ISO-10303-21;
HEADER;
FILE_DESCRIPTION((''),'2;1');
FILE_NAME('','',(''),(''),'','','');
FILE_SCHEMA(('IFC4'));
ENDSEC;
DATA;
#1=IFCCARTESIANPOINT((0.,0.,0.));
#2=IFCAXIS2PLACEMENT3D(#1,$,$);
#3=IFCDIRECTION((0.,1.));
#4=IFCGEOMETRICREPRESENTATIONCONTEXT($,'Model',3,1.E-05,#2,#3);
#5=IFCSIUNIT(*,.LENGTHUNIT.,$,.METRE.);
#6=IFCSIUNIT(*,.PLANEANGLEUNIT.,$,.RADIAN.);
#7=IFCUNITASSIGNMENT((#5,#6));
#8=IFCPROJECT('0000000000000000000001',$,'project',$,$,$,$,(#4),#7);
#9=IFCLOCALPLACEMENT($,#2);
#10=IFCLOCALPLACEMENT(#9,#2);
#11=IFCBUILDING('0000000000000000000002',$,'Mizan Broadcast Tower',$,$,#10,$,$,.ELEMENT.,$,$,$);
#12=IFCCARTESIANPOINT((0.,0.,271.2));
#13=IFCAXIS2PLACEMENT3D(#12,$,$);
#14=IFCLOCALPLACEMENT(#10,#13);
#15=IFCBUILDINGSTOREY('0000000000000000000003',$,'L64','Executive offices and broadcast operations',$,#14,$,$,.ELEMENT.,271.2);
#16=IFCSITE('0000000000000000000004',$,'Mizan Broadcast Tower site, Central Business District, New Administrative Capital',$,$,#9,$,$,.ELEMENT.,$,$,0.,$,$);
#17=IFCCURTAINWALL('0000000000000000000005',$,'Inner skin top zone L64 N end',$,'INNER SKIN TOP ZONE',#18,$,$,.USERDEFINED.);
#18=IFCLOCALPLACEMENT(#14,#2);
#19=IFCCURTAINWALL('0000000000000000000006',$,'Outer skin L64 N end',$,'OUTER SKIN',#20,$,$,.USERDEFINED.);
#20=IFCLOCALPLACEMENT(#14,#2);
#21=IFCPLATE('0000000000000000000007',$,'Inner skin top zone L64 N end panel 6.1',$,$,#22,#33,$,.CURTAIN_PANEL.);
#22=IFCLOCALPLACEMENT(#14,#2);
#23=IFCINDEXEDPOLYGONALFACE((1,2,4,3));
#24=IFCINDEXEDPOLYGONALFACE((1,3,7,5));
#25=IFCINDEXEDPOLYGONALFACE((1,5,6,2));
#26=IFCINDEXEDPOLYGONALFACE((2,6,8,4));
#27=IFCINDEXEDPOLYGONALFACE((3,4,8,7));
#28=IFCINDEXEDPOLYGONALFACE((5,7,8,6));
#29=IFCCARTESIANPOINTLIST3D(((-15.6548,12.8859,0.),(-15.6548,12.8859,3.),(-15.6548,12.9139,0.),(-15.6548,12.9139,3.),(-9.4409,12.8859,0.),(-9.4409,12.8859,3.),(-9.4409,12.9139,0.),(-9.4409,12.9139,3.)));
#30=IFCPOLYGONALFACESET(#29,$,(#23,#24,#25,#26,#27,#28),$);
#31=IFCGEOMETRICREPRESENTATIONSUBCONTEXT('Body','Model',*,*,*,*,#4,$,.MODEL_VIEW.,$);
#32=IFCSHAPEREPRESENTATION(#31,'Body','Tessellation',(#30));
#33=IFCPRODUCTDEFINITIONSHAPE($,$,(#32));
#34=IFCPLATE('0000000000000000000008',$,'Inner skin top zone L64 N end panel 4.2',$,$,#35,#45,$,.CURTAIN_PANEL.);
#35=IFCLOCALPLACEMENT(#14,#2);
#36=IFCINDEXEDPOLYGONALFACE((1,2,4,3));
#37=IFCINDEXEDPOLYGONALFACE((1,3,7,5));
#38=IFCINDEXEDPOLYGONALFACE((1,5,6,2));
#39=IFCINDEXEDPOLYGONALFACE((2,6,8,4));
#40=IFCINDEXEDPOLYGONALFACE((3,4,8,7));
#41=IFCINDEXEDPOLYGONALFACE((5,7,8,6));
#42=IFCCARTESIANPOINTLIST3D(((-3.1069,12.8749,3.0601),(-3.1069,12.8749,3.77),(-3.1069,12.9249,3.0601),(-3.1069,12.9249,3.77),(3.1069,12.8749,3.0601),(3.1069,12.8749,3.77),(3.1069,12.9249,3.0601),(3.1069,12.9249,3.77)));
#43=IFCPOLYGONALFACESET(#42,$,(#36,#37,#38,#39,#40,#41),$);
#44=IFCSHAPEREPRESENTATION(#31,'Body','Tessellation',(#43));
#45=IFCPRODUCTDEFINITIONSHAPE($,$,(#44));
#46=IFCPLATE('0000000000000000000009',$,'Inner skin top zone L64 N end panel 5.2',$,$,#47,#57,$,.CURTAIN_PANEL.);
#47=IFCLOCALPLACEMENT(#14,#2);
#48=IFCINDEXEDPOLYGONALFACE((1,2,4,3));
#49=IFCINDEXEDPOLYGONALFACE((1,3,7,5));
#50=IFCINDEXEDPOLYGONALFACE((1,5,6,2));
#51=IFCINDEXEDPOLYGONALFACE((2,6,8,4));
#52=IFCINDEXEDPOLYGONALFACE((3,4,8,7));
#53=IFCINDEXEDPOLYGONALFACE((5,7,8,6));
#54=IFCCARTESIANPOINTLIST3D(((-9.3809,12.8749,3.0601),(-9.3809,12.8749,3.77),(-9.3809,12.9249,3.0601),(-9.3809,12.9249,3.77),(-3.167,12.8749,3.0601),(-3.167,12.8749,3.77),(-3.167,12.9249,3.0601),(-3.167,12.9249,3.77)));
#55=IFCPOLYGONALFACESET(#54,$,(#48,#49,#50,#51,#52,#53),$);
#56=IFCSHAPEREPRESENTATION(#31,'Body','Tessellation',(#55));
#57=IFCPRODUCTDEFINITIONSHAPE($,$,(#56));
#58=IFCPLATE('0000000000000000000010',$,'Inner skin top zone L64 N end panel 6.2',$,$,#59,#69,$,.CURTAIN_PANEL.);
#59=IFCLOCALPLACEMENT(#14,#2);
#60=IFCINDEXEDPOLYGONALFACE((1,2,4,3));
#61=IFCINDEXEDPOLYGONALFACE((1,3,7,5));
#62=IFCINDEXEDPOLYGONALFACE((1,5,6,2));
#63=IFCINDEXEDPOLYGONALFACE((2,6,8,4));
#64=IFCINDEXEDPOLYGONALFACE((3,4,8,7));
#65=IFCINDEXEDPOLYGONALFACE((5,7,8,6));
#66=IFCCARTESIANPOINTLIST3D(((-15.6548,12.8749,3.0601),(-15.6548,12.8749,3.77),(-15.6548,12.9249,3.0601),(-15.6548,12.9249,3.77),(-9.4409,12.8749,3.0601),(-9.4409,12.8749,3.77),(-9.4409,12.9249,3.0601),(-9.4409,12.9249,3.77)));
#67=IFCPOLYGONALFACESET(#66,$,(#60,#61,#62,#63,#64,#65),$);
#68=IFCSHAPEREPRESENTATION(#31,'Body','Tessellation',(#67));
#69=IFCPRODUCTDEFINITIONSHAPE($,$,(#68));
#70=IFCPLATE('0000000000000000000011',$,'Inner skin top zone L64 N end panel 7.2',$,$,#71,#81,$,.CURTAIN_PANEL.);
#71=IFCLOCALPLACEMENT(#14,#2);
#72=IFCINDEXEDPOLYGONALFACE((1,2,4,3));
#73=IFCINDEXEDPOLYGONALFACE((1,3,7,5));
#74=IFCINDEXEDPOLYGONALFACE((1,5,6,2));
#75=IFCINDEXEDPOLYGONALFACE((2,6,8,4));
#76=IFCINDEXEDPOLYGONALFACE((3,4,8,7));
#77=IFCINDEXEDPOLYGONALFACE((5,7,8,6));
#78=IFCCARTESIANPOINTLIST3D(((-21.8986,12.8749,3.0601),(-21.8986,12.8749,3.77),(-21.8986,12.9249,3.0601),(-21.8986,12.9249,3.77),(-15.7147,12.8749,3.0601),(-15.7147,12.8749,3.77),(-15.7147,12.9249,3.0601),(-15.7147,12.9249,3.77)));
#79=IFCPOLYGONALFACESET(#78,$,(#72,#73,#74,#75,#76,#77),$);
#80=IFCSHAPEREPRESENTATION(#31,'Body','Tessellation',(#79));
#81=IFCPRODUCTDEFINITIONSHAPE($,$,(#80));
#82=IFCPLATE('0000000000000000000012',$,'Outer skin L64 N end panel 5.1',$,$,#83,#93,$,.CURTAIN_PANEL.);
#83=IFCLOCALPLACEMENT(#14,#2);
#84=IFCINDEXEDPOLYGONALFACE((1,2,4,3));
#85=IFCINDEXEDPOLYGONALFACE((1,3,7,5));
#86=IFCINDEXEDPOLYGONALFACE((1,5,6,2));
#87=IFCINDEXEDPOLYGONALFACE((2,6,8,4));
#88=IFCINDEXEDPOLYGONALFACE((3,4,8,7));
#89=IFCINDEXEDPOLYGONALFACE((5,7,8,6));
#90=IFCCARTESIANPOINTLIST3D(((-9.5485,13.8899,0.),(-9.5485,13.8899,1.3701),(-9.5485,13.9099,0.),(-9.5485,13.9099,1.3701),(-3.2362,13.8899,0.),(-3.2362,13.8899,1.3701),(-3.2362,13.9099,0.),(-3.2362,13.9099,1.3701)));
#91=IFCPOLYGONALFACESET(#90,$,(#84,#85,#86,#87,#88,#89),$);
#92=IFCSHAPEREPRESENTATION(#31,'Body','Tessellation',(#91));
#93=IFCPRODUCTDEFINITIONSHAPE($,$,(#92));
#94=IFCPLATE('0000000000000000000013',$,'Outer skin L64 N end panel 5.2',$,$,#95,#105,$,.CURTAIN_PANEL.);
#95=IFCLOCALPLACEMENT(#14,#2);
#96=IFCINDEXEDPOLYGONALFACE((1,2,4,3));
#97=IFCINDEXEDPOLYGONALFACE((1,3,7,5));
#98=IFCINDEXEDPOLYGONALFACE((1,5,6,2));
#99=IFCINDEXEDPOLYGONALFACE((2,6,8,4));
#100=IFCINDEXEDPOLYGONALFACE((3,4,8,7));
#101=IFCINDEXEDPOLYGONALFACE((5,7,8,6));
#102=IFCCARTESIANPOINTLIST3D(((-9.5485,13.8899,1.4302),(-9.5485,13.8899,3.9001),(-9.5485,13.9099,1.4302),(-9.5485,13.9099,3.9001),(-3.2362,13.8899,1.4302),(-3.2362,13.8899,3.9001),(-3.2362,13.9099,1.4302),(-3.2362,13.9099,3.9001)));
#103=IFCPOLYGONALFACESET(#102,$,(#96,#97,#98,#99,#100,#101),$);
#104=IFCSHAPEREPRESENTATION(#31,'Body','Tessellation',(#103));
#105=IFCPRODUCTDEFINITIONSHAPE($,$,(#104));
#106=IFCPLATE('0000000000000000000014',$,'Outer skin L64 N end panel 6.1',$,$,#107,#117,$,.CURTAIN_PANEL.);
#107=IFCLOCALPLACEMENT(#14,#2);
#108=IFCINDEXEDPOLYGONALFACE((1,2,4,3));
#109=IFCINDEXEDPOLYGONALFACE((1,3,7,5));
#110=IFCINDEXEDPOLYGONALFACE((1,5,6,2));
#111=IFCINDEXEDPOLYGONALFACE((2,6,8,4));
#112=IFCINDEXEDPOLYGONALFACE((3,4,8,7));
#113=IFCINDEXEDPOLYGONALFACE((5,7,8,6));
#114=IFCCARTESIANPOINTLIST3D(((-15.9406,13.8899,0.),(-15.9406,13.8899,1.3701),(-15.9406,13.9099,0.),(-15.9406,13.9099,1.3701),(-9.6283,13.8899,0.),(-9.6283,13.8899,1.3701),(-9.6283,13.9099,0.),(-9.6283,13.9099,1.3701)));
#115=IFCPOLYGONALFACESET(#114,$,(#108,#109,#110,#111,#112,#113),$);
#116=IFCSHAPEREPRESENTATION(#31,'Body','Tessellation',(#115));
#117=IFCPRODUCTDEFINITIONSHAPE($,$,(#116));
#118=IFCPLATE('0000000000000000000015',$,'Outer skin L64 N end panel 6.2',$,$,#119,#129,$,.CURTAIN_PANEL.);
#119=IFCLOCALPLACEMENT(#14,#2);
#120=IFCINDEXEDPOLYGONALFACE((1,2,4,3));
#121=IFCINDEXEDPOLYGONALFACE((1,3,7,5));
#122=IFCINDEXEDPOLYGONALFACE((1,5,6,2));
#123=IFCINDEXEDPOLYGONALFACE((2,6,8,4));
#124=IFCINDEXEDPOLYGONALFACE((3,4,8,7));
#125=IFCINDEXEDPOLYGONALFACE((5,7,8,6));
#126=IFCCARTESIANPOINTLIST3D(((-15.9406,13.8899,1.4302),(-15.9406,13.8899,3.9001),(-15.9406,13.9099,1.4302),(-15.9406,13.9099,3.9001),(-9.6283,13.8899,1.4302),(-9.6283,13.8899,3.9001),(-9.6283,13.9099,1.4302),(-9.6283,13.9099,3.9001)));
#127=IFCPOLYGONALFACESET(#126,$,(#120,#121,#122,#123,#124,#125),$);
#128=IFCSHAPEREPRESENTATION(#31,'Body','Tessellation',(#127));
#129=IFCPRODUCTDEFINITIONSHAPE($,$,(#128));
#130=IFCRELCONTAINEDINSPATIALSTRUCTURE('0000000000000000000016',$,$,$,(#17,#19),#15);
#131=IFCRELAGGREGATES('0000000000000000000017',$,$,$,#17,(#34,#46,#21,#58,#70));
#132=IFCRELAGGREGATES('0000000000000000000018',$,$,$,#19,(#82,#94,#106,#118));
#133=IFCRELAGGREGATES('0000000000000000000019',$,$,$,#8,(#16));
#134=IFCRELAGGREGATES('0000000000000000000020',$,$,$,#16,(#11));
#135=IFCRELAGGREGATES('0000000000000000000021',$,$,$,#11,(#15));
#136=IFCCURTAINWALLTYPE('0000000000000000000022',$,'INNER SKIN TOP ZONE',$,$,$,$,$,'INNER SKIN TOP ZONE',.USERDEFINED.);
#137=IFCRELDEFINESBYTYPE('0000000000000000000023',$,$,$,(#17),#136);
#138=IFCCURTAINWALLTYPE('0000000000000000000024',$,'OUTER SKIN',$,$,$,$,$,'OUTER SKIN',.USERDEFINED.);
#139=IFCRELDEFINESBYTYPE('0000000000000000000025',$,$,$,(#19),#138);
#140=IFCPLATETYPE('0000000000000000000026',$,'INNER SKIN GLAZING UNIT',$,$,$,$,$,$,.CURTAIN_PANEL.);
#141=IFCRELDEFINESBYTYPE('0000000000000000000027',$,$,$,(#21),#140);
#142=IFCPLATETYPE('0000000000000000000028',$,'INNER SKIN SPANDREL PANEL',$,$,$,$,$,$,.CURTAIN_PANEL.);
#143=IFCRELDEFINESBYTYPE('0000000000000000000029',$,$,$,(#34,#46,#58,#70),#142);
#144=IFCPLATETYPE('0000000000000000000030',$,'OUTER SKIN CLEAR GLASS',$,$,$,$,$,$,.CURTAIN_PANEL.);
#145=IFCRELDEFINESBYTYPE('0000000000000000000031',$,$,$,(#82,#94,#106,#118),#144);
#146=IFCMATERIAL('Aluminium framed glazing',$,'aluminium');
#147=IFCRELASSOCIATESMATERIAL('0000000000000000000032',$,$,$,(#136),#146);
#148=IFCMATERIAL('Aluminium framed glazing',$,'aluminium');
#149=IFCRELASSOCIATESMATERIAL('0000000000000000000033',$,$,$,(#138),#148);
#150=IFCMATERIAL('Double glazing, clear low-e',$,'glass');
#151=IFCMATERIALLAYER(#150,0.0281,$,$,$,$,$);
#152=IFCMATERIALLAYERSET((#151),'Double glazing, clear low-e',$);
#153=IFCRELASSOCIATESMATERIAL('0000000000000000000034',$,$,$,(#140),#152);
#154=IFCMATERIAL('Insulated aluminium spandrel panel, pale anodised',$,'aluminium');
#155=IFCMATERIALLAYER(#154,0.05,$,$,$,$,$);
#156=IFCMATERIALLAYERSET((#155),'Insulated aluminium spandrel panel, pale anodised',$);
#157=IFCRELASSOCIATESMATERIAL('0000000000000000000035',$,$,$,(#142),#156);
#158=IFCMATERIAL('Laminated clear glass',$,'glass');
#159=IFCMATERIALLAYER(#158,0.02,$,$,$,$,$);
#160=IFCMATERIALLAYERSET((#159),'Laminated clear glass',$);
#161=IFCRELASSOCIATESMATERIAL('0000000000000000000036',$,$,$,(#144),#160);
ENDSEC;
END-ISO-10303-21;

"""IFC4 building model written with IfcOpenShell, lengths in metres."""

from ifc_helpers import new_model, si_unit, direction, frame, origin, origin_2d, place, context, subcontext, project, spatial, rectangle, extrude, material, layer, layer_set, type_object, element, aggregate, save


model = new_model("IFC4")

# Units and contexts
model_context = context("Model", 3, precision=1e-05, world=origin(), true_north=direction((0.0, 1.0)))
body_context = subcontext(model_context, "Body", "Model", "MODEL_VIEW")
ifc_project = project(units=[si_unit("LENGTHUNIT", "METRE"), si_unit("PLANEANGLEUNIT", "RADIAN")], contexts=[model_context])

# Site, building, storey
site_placement = place(None, origin())
site = spatial("IfcSite", under=ifc_project, at=site_placement, Name="Mizan Broadcast Tower site, Central Business District, New Administrative Capital", CompositionType="ELEMENT", RefElevation=0.0)
building_placement = place(site_placement, origin())
building = spatial("IfcBuilding", under=site, at=building_placement, Name="Mizan Broadcast Tower", CompositionType="ELEMENT")
storey_placement = place(building_placement, frame((0.0, 0.0, 271.2)))
storey = spatial("IfcBuildingStorey", under=building, at=storey_placement, Name="L64", Description="Executive offices and broadcast operations", CompositionType="ELEMENT", Elevation=271.2)

# Curtain walls
ifc_material_1 = material(Name="Aluminium framed glazing", Category="aluminium")
curtain_wall_type_1 = type_object("IfcCurtainWallType", Name="INNER SKIN TOP ZONE", ElementType="INNER SKIN TOP ZONE", PredefinedType="USERDEFINED", material=ifc_material_1)
curtain_wall_1_placement = place(storey_placement, origin())
curtain_wall_1 = element("IfcCurtainWall", 1, at=curtain_wall_1_placement, inside=storey, type_object=curtain_wall_type_1, Name="Inner skin top zone L64 N end", ObjectType="INNER SKIN TOP ZONE", PredefinedType="USERDEFINED")
ifc_material_2 = material(Name="Aluminium framed glazing", Category="aluminium")
curtain_wall_type_2 = type_object("IfcCurtainWallType", Name="OUTER SKIN", ElementType="OUTER SKIN", PredefinedType="USERDEFINED", material=ifc_material_2)
curtain_wall_2_placement = place(storey_placement, origin())
curtain_wall_2 = element("IfcCurtainWall", 2, at=curtain_wall_2_placement, inside=storey, type_object=curtain_wall_type_2, Name="Outer skin L64 N end", ObjectType="OUTER SKIN", PredefinedType="USERDEFINED")

# Plates
ifc_material_3 = material(Name="Double glazing, clear low-e", Category="glass")
ifc_layer_1 = layer(ifc_material_3, 0.0281)
ifc_layer_set_1 = layer_set([ifc_layer_1], Name="Double glazing, clear low-e")
plate_type_1 = type_object("IfcPlateType", Name="INNER SKIN GLAZING UNIT", PredefinedType="CURTAIN_PANEL", material=ifc_layer_set_1)
plate_1_placement = place(storey_placement, frame((-12.5479, 12.8999, 0.0), z_axis=(0.0, 0.0, 1.0), x_axis=(-1.0, 0.0, 0.0)))
plate_1 = element("IfcPlate", 3, at=plate_1_placement, type_object=plate_type_1, Name="Inner skin top zone L64 N end panel 6.1", PredefinedType="CURTAIN_PANEL", context=body_context, shape_type="SweptSolid", body=[
    extrude(rectangle(XDim=6.2139, YDim=0.0281, at=origin_2d()), origin(), (0.0, 0.0, 1.0), 3.0),
])
ifc_material_4 = material(Name="Insulated aluminium spandrel panel, pale anodised", Category="aluminium")
ifc_layer_2 = layer(ifc_material_4, 0.05)
ifc_layer_set_2 = layer_set([ifc_layer_2], Name="Insulated aluminium spandrel panel, pale anodised")
plate_type_2 = type_object("IfcPlateType", Name="INNER SKIN SPANDREL PANEL", PredefinedType="CURTAIN_PANEL", material=ifc_layer_set_2)
plate_2_placement = place(storey_placement, frame((0.0, 12.8999, 3.0601), z_axis=(0.0, 0.0, 1.0), x_axis=(-1.0, 0.0, 0.0)))
plate_2 = element("IfcPlate", 4, at=plate_2_placement, type_object=plate_type_2, Name="Inner skin top zone L64 N end panel 4.2", PredefinedType="CURTAIN_PANEL", context=body_context, shape_type="SweptSolid", body=[
    extrude(rectangle(XDim=6.2139, YDim=0.05, at=origin_2d()), origin(), (0.0, 0.0, 1.0), 0.71),
])
plate_3_placement = place(storey_placement, frame((-6.2739, 12.8999, 3.0601), z_axis=(0.0, 0.0, 1.0), x_axis=(-1.0, 0.0, 0.0)))
plate_3 = element("IfcPlate", 5, at=plate_3_placement, type_object=plate_type_2, Name="Inner skin top zone L64 N end panel 5.2", PredefinedType="CURTAIN_PANEL", context=body_context, shape_type="SweptSolid", body=[
    extrude(rectangle(XDim=6.2139, YDim=0.05, at=origin_2d()), origin(), (0.0, 0.0, 1.0), 0.71),
])
plate_4_placement = place(storey_placement, frame((-12.5479, 12.8999, 3.0601), z_axis=(0.0, 0.0, 1.0), x_axis=(-1.0, 0.0, 0.0)))
plate_4 = element("IfcPlate", 6, at=plate_4_placement, type_object=plate_type_2, Name="Inner skin top zone L64 N end panel 6.2", PredefinedType="CURTAIN_PANEL", context=body_context, shape_type="SweptSolid", body=[
    extrude(rectangle(XDim=6.2139, YDim=0.05, at=origin_2d()), origin(), (0.0, 0.0, 1.0), 0.71),
])
plate_5_placement = place(storey_placement, frame((-18.8066, 12.8999, 3.0601), z_axis=(0.0, 0.0, 1.0), x_axis=(-1.0, 0.0, 0.0)))
plate_5 = element("IfcPlate", 7, at=plate_5_placement, type_object=plate_type_2, Name="Inner skin top zone L64 N end panel 7.2", PredefinedType="CURTAIN_PANEL", context=body_context, shape_type="SweptSolid", body=[
    extrude(rectangle(XDim=6.1838, YDim=0.05, at=origin_2d()), origin(), (0.0, 0.0, 1.0), 0.71),
])
aggregate(curtain_wall_1, [plate_2, plate_3, plate_1, plate_4, plate_5])
ifc_material_5 = material(Name="Laminated clear glass", Category="glass")
ifc_layer_3 = layer(ifc_material_5, 0.02)
ifc_layer_set_3 = layer_set([ifc_layer_3], Name="Laminated clear glass")
plate_type_3 = type_object("IfcPlateType", Name="OUTER SKIN CLEAR GLASS", PredefinedType="CURTAIN_PANEL", material=ifc_layer_set_3)
plate_6_placement = place(storey_placement, frame((-6.3923, 13.8999, 0.0), z_axis=(0.0, 0.0, 1.0), x_axis=(-1.0, 0.0, 0.0)))
plate_6 = element("IfcPlate", 8, at=plate_6_placement, type_object=plate_type_3, Name="Outer skin L64 N end panel 5.1", PredefinedType="CURTAIN_PANEL", context=body_context, shape_type="SweptSolid", body=[
    extrude(rectangle(XDim=6.3123, YDim=0.02, at=origin_2d()), origin(), (0.0, 0.0, 1.0), 1.3701),
])
plate_7_placement = place(storey_placement, frame((-6.3923, 13.8999, 1.4302), z_axis=(0.0, 0.0, 1.0), x_axis=(-1.0, 0.0, 0.0)))
plate_7 = element("IfcPlate", 9, at=plate_7_placement, type_object=plate_type_3, Name="Outer skin L64 N end panel 5.2", PredefinedType="CURTAIN_PANEL", context=body_context, shape_type="SweptSolid", body=[
    extrude(rectangle(XDim=6.3123, YDim=0.02, at=origin_2d()), origin(), (0.0, 0.0, 1.0), 2.47),
])
plate_8_placement = place(storey_placement, frame((-12.7844, 13.8999, 0.0), z_axis=(0.0, 0.0, 1.0), x_axis=(-1.0, 0.0, 0.0)))
plate_8 = element("IfcPlate", 10, at=plate_8_placement, type_object=plate_type_3, Name="Outer skin L64 N end panel 6.1", PredefinedType="CURTAIN_PANEL", context=body_context, shape_type="SweptSolid", body=[
    extrude(rectangle(XDim=6.3123, YDim=0.02, at=origin_2d()), origin(), (0.0, 0.0, 1.0), 1.3701),
])
plate_9_placement = place(storey_placement, frame((-12.7844, 13.8999, 1.4302), z_axis=(0.0, 0.0, 1.0), x_axis=(-1.0, 0.0, 0.0)))
plate_9 = element("IfcPlate", 11, at=plate_9_placement, type_object=plate_type_3, Name="Outer skin L64 N end panel 6.2", PredefinedType="CURTAIN_PANEL", context=body_context, shape_type="SweptSolid", body=[
    extrude(rectangle(XDim=6.3123, YDim=0.02, at=origin_2d()), origin(), (0.0, 0.0, 1.0), 2.47),
])
aggregate(curtain_wall_2, [plate_6, plate_7, plate_8, plate_9])

save(model, "model.ifc")
